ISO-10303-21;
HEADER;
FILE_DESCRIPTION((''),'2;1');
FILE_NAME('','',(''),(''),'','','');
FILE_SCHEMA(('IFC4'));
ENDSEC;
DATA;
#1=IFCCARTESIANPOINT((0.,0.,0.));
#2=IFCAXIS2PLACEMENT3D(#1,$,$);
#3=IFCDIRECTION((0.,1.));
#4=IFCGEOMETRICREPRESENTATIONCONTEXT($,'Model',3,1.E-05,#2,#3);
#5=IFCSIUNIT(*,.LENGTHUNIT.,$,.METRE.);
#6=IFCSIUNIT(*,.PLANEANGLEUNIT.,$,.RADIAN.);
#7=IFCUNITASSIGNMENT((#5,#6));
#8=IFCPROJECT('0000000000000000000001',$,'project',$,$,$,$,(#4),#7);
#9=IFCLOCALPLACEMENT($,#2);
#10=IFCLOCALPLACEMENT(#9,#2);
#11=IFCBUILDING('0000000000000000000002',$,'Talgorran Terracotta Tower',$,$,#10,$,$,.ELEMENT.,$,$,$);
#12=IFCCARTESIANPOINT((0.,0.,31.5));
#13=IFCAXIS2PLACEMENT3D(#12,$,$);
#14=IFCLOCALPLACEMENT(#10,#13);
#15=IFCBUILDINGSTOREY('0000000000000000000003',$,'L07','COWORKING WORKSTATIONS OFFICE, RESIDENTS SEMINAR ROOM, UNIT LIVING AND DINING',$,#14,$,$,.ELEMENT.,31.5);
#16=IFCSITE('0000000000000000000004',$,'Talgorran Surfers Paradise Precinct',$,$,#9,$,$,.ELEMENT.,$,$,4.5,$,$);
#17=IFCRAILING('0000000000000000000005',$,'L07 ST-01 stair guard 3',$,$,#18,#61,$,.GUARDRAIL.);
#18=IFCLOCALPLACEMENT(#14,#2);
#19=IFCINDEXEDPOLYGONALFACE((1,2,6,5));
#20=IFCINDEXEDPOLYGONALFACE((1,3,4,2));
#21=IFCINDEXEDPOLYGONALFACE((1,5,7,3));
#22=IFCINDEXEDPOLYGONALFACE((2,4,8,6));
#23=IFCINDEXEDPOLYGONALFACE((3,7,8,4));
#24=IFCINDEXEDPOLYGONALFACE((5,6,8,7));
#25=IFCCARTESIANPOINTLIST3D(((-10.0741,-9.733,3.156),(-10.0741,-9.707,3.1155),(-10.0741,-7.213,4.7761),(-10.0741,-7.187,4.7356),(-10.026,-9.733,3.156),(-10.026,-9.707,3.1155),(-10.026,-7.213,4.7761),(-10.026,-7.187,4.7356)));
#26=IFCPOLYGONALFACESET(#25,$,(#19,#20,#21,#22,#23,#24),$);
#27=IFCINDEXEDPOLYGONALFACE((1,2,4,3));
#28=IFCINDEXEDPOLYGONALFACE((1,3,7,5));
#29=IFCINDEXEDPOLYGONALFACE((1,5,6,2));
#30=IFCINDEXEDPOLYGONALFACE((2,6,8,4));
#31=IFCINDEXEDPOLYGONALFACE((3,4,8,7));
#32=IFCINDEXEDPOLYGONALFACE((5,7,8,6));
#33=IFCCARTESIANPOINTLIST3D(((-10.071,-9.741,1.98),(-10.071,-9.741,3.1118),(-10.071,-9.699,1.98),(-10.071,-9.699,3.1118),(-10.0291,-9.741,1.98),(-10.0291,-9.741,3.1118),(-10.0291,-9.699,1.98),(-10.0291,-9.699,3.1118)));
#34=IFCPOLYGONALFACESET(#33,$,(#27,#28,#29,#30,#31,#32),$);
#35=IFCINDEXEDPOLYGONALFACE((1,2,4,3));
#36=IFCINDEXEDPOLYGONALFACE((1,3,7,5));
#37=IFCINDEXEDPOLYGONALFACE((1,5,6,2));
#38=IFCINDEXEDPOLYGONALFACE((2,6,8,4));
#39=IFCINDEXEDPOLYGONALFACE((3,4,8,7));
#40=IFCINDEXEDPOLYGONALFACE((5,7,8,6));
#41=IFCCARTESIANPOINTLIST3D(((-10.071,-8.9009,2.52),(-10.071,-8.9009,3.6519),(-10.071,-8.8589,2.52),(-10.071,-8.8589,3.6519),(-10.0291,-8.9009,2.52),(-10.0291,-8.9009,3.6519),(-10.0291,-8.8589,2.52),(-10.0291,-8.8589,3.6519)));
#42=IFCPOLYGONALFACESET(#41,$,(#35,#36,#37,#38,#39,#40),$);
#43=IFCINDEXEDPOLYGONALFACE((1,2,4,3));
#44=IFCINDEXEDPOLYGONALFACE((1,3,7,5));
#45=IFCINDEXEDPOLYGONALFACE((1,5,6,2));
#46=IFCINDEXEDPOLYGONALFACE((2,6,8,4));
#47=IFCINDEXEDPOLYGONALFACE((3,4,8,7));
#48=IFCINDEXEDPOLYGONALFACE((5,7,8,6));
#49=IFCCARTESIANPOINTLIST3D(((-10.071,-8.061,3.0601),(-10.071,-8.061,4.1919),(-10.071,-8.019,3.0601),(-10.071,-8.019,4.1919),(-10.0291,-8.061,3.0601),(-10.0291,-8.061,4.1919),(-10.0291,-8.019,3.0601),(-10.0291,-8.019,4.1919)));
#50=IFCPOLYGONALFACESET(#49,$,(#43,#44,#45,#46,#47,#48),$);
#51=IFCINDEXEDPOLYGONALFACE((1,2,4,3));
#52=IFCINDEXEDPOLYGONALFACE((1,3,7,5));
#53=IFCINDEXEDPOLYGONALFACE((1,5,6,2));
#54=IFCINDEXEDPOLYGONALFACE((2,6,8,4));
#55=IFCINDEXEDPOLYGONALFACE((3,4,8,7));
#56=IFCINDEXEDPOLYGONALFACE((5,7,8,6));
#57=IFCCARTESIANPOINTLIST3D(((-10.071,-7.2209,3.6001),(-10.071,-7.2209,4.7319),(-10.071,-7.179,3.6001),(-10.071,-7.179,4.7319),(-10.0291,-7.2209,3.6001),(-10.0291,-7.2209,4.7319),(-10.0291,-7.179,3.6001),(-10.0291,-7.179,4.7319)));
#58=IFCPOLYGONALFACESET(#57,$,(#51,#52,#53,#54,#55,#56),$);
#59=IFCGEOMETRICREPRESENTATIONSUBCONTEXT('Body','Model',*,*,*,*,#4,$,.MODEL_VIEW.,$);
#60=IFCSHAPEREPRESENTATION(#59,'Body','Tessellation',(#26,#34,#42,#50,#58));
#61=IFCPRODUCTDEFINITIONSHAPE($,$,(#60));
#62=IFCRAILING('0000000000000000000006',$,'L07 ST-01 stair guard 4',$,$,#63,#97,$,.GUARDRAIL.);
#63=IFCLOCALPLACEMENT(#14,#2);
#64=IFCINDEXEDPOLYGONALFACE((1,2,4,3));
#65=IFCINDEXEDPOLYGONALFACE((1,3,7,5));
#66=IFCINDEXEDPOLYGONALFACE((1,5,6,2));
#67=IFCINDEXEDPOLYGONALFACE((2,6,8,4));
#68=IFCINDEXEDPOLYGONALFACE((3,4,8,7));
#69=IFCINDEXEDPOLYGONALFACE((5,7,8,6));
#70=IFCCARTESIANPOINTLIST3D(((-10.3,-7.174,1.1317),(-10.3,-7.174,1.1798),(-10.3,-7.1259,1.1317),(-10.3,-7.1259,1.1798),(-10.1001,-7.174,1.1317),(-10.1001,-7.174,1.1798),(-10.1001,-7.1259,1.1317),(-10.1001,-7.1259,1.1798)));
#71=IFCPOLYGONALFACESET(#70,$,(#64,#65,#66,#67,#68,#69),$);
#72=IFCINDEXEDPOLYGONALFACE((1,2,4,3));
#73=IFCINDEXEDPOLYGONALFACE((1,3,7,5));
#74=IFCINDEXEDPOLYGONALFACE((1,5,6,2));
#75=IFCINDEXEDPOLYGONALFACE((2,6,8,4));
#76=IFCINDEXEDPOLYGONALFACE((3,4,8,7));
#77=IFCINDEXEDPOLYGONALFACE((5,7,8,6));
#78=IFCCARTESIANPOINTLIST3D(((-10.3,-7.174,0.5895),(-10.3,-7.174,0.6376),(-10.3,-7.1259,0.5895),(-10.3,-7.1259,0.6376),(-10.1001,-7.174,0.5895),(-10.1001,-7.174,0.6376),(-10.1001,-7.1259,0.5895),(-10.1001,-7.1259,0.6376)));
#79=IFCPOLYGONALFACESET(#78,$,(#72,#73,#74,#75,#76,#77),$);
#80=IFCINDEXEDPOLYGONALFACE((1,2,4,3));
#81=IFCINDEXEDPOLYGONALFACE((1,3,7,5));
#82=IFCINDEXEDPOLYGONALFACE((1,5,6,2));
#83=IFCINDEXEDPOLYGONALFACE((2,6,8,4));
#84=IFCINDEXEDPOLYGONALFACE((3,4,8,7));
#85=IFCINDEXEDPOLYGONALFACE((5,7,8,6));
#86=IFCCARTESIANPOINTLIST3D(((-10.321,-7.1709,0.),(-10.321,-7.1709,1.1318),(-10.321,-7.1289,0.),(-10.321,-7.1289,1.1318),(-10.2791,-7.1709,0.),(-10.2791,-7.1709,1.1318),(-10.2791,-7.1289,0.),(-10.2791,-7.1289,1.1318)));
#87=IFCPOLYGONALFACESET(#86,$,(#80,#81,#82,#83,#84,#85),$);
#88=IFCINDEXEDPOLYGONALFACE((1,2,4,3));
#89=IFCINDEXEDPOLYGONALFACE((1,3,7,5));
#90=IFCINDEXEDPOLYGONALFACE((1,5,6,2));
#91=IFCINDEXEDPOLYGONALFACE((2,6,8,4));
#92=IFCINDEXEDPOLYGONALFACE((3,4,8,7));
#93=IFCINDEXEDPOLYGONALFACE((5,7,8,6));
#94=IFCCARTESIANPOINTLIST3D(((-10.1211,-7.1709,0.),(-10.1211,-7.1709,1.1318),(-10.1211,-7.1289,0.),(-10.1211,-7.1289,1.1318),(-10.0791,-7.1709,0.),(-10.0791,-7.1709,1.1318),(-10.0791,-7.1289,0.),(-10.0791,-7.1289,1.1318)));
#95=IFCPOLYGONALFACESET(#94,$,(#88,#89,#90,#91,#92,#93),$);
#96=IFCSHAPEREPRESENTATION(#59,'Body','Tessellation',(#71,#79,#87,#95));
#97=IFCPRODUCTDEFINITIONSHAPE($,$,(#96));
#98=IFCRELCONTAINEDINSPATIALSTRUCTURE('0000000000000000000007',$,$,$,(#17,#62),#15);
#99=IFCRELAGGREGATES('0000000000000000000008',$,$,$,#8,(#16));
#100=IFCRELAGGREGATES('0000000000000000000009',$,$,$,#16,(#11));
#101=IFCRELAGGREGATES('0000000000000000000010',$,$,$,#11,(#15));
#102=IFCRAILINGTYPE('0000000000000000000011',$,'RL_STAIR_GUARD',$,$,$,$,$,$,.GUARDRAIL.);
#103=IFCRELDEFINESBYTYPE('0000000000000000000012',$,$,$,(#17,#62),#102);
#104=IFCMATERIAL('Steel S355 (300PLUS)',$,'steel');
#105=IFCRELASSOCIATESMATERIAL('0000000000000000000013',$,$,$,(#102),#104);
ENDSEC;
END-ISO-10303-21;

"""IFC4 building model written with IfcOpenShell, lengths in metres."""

from ifc_helpers import new_model, si_unit, direction, frame, origin, origin_2d, place, context, subcontext, project, spatial, rectangle, extrude, material, type_object, element, save


model = new_model("IFC4")

# Units and contexts
model_context = context("Model", 3, precision=1e-05, world=origin(), true_north=direction((0.0, 1.0)))
body_context = subcontext(model_context, "Body", "Model", "MODEL_VIEW")
ifc_project = project(units=[si_unit("LENGTHUNIT", "METRE"), si_unit("PLANEANGLEUNIT", "RADIAN")], contexts=[model_context])

# Site, building, storey
site_placement = place(None, origin())
site = spatial("IfcSite", under=ifc_project, at=site_placement, Name="Talgorran Surfers Paradise Precinct", CompositionType="ELEMENT", RefElevation=4.5)
building_placement = place(site_placement, origin())
building = spatial("IfcBuilding", under=site, at=building_placement, Name="Talgorran Terracotta Tower", CompositionType="ELEMENT")
storey_placement = place(building_placement, frame((0.0, 0.0, 31.5)))
storey = spatial("IfcBuildingStorey", under=building, at=storey_placement, Name="L07", Description="COWORKING WORKSTATIONS OFFICE, RESIDENTS SEMINAR ROOM, UNIT LIVING AND DINING", CompositionType="ELEMENT", Elevation=31.5)

# Railings
ifc_material_1 = material(Name="Steel S355 (300PLUS)", Category="steel")
railing_type_1 = type_object("IfcRailingType", Name="RL_STAIR_GUARD", PredefinedType="GUARDRAIL", material=ifc_material_1)
railing_1_placement = place(storey_placement, frame((-10.05, -9.72, 1.98)))
element("IfcRailing", 1, at=railing_1_placement, inside=storey, type_object=railing_type_1, Name="L07 ST-01 stair guard 3", PredefinedType="GUARDRAIL", context=body_context, shape_type="SweptSolid", body=[
    extrude(rectangle(XDim=0.0481, YDim=0.0481, at=origin_2d()), frame((0.0, 0.0, 1.1558), z_axis=(0.0, 0.841163, 0.540782), x_axis=(-1.0, 0.0, 0.0)), (0.0, 0.0, 1.0), 2.9958),
    extrude(rectangle(XDim=0.042, YDim=0.042, at=origin_2d()), origin(), (0.0, 0.0, 1.0), 1.1318),
    extrude(rectangle(XDim=0.042, YDim=0.042, at=origin_2d()), frame((0.0, 0.8401, 0.54)), (0.0, 0.0, 1.0), 1.1318),
    extrude(rectangle(XDim=0.042, YDim=0.042, at=origin_2d()), frame((0.0, 1.6799, 1.0801)), (0.0, 0.0, 1.0), 1.1318),
    extrude(rectangle(XDim=0.042, YDim=0.042, at=origin_2d()), frame((0.0, 2.52, 1.6201)), (0.0, 0.0, 1.0), 1.1318),
])
railing_2_placement = place(storey_placement, frame((-10.3, -7.1499, 0.0)))
element("IfcRailing", 2, at=railing_2_placement, inside=storey, type_object=railing_type_1, Name="L07 ST-01 stair guard 4", PredefinedType="GUARDRAIL", context=body_context, shape_type="SweptSolid", body=[
    extrude(rectangle(XDim=0.0481, YDim=0.0481, at=origin_2d()), frame((0.0, 0.0, 1.1558), z_axis=(1.0, 0.0, 0.0), x_axis=(0.0, 1.0, 0.0)), (0.0, 0.0, 1.0), 0.2),
    extrude(rectangle(XDim=0.0481, YDim=0.0481, at=origin_2d()), frame((0.0, 0.0, 0.6135), z_axis=(1.0, 0.0, 0.0), x_axis=(0.0, 1.0, 0.0)), (0.0, 0.0, 1.0), 0.2),
    extrude(rectangle(XDim=0.042, YDim=0.042, at=origin_2d()), origin(), (0.0, 0.0, 1.0), 1.1318),
    extrude(rectangle(XDim=0.042, YDim=0.042, at=origin_2d()), frame((0.2, 0.0, 0.0)), (0.0, 0.0, 1.0), 1.1318),
])

save(model, "model.ifc")
